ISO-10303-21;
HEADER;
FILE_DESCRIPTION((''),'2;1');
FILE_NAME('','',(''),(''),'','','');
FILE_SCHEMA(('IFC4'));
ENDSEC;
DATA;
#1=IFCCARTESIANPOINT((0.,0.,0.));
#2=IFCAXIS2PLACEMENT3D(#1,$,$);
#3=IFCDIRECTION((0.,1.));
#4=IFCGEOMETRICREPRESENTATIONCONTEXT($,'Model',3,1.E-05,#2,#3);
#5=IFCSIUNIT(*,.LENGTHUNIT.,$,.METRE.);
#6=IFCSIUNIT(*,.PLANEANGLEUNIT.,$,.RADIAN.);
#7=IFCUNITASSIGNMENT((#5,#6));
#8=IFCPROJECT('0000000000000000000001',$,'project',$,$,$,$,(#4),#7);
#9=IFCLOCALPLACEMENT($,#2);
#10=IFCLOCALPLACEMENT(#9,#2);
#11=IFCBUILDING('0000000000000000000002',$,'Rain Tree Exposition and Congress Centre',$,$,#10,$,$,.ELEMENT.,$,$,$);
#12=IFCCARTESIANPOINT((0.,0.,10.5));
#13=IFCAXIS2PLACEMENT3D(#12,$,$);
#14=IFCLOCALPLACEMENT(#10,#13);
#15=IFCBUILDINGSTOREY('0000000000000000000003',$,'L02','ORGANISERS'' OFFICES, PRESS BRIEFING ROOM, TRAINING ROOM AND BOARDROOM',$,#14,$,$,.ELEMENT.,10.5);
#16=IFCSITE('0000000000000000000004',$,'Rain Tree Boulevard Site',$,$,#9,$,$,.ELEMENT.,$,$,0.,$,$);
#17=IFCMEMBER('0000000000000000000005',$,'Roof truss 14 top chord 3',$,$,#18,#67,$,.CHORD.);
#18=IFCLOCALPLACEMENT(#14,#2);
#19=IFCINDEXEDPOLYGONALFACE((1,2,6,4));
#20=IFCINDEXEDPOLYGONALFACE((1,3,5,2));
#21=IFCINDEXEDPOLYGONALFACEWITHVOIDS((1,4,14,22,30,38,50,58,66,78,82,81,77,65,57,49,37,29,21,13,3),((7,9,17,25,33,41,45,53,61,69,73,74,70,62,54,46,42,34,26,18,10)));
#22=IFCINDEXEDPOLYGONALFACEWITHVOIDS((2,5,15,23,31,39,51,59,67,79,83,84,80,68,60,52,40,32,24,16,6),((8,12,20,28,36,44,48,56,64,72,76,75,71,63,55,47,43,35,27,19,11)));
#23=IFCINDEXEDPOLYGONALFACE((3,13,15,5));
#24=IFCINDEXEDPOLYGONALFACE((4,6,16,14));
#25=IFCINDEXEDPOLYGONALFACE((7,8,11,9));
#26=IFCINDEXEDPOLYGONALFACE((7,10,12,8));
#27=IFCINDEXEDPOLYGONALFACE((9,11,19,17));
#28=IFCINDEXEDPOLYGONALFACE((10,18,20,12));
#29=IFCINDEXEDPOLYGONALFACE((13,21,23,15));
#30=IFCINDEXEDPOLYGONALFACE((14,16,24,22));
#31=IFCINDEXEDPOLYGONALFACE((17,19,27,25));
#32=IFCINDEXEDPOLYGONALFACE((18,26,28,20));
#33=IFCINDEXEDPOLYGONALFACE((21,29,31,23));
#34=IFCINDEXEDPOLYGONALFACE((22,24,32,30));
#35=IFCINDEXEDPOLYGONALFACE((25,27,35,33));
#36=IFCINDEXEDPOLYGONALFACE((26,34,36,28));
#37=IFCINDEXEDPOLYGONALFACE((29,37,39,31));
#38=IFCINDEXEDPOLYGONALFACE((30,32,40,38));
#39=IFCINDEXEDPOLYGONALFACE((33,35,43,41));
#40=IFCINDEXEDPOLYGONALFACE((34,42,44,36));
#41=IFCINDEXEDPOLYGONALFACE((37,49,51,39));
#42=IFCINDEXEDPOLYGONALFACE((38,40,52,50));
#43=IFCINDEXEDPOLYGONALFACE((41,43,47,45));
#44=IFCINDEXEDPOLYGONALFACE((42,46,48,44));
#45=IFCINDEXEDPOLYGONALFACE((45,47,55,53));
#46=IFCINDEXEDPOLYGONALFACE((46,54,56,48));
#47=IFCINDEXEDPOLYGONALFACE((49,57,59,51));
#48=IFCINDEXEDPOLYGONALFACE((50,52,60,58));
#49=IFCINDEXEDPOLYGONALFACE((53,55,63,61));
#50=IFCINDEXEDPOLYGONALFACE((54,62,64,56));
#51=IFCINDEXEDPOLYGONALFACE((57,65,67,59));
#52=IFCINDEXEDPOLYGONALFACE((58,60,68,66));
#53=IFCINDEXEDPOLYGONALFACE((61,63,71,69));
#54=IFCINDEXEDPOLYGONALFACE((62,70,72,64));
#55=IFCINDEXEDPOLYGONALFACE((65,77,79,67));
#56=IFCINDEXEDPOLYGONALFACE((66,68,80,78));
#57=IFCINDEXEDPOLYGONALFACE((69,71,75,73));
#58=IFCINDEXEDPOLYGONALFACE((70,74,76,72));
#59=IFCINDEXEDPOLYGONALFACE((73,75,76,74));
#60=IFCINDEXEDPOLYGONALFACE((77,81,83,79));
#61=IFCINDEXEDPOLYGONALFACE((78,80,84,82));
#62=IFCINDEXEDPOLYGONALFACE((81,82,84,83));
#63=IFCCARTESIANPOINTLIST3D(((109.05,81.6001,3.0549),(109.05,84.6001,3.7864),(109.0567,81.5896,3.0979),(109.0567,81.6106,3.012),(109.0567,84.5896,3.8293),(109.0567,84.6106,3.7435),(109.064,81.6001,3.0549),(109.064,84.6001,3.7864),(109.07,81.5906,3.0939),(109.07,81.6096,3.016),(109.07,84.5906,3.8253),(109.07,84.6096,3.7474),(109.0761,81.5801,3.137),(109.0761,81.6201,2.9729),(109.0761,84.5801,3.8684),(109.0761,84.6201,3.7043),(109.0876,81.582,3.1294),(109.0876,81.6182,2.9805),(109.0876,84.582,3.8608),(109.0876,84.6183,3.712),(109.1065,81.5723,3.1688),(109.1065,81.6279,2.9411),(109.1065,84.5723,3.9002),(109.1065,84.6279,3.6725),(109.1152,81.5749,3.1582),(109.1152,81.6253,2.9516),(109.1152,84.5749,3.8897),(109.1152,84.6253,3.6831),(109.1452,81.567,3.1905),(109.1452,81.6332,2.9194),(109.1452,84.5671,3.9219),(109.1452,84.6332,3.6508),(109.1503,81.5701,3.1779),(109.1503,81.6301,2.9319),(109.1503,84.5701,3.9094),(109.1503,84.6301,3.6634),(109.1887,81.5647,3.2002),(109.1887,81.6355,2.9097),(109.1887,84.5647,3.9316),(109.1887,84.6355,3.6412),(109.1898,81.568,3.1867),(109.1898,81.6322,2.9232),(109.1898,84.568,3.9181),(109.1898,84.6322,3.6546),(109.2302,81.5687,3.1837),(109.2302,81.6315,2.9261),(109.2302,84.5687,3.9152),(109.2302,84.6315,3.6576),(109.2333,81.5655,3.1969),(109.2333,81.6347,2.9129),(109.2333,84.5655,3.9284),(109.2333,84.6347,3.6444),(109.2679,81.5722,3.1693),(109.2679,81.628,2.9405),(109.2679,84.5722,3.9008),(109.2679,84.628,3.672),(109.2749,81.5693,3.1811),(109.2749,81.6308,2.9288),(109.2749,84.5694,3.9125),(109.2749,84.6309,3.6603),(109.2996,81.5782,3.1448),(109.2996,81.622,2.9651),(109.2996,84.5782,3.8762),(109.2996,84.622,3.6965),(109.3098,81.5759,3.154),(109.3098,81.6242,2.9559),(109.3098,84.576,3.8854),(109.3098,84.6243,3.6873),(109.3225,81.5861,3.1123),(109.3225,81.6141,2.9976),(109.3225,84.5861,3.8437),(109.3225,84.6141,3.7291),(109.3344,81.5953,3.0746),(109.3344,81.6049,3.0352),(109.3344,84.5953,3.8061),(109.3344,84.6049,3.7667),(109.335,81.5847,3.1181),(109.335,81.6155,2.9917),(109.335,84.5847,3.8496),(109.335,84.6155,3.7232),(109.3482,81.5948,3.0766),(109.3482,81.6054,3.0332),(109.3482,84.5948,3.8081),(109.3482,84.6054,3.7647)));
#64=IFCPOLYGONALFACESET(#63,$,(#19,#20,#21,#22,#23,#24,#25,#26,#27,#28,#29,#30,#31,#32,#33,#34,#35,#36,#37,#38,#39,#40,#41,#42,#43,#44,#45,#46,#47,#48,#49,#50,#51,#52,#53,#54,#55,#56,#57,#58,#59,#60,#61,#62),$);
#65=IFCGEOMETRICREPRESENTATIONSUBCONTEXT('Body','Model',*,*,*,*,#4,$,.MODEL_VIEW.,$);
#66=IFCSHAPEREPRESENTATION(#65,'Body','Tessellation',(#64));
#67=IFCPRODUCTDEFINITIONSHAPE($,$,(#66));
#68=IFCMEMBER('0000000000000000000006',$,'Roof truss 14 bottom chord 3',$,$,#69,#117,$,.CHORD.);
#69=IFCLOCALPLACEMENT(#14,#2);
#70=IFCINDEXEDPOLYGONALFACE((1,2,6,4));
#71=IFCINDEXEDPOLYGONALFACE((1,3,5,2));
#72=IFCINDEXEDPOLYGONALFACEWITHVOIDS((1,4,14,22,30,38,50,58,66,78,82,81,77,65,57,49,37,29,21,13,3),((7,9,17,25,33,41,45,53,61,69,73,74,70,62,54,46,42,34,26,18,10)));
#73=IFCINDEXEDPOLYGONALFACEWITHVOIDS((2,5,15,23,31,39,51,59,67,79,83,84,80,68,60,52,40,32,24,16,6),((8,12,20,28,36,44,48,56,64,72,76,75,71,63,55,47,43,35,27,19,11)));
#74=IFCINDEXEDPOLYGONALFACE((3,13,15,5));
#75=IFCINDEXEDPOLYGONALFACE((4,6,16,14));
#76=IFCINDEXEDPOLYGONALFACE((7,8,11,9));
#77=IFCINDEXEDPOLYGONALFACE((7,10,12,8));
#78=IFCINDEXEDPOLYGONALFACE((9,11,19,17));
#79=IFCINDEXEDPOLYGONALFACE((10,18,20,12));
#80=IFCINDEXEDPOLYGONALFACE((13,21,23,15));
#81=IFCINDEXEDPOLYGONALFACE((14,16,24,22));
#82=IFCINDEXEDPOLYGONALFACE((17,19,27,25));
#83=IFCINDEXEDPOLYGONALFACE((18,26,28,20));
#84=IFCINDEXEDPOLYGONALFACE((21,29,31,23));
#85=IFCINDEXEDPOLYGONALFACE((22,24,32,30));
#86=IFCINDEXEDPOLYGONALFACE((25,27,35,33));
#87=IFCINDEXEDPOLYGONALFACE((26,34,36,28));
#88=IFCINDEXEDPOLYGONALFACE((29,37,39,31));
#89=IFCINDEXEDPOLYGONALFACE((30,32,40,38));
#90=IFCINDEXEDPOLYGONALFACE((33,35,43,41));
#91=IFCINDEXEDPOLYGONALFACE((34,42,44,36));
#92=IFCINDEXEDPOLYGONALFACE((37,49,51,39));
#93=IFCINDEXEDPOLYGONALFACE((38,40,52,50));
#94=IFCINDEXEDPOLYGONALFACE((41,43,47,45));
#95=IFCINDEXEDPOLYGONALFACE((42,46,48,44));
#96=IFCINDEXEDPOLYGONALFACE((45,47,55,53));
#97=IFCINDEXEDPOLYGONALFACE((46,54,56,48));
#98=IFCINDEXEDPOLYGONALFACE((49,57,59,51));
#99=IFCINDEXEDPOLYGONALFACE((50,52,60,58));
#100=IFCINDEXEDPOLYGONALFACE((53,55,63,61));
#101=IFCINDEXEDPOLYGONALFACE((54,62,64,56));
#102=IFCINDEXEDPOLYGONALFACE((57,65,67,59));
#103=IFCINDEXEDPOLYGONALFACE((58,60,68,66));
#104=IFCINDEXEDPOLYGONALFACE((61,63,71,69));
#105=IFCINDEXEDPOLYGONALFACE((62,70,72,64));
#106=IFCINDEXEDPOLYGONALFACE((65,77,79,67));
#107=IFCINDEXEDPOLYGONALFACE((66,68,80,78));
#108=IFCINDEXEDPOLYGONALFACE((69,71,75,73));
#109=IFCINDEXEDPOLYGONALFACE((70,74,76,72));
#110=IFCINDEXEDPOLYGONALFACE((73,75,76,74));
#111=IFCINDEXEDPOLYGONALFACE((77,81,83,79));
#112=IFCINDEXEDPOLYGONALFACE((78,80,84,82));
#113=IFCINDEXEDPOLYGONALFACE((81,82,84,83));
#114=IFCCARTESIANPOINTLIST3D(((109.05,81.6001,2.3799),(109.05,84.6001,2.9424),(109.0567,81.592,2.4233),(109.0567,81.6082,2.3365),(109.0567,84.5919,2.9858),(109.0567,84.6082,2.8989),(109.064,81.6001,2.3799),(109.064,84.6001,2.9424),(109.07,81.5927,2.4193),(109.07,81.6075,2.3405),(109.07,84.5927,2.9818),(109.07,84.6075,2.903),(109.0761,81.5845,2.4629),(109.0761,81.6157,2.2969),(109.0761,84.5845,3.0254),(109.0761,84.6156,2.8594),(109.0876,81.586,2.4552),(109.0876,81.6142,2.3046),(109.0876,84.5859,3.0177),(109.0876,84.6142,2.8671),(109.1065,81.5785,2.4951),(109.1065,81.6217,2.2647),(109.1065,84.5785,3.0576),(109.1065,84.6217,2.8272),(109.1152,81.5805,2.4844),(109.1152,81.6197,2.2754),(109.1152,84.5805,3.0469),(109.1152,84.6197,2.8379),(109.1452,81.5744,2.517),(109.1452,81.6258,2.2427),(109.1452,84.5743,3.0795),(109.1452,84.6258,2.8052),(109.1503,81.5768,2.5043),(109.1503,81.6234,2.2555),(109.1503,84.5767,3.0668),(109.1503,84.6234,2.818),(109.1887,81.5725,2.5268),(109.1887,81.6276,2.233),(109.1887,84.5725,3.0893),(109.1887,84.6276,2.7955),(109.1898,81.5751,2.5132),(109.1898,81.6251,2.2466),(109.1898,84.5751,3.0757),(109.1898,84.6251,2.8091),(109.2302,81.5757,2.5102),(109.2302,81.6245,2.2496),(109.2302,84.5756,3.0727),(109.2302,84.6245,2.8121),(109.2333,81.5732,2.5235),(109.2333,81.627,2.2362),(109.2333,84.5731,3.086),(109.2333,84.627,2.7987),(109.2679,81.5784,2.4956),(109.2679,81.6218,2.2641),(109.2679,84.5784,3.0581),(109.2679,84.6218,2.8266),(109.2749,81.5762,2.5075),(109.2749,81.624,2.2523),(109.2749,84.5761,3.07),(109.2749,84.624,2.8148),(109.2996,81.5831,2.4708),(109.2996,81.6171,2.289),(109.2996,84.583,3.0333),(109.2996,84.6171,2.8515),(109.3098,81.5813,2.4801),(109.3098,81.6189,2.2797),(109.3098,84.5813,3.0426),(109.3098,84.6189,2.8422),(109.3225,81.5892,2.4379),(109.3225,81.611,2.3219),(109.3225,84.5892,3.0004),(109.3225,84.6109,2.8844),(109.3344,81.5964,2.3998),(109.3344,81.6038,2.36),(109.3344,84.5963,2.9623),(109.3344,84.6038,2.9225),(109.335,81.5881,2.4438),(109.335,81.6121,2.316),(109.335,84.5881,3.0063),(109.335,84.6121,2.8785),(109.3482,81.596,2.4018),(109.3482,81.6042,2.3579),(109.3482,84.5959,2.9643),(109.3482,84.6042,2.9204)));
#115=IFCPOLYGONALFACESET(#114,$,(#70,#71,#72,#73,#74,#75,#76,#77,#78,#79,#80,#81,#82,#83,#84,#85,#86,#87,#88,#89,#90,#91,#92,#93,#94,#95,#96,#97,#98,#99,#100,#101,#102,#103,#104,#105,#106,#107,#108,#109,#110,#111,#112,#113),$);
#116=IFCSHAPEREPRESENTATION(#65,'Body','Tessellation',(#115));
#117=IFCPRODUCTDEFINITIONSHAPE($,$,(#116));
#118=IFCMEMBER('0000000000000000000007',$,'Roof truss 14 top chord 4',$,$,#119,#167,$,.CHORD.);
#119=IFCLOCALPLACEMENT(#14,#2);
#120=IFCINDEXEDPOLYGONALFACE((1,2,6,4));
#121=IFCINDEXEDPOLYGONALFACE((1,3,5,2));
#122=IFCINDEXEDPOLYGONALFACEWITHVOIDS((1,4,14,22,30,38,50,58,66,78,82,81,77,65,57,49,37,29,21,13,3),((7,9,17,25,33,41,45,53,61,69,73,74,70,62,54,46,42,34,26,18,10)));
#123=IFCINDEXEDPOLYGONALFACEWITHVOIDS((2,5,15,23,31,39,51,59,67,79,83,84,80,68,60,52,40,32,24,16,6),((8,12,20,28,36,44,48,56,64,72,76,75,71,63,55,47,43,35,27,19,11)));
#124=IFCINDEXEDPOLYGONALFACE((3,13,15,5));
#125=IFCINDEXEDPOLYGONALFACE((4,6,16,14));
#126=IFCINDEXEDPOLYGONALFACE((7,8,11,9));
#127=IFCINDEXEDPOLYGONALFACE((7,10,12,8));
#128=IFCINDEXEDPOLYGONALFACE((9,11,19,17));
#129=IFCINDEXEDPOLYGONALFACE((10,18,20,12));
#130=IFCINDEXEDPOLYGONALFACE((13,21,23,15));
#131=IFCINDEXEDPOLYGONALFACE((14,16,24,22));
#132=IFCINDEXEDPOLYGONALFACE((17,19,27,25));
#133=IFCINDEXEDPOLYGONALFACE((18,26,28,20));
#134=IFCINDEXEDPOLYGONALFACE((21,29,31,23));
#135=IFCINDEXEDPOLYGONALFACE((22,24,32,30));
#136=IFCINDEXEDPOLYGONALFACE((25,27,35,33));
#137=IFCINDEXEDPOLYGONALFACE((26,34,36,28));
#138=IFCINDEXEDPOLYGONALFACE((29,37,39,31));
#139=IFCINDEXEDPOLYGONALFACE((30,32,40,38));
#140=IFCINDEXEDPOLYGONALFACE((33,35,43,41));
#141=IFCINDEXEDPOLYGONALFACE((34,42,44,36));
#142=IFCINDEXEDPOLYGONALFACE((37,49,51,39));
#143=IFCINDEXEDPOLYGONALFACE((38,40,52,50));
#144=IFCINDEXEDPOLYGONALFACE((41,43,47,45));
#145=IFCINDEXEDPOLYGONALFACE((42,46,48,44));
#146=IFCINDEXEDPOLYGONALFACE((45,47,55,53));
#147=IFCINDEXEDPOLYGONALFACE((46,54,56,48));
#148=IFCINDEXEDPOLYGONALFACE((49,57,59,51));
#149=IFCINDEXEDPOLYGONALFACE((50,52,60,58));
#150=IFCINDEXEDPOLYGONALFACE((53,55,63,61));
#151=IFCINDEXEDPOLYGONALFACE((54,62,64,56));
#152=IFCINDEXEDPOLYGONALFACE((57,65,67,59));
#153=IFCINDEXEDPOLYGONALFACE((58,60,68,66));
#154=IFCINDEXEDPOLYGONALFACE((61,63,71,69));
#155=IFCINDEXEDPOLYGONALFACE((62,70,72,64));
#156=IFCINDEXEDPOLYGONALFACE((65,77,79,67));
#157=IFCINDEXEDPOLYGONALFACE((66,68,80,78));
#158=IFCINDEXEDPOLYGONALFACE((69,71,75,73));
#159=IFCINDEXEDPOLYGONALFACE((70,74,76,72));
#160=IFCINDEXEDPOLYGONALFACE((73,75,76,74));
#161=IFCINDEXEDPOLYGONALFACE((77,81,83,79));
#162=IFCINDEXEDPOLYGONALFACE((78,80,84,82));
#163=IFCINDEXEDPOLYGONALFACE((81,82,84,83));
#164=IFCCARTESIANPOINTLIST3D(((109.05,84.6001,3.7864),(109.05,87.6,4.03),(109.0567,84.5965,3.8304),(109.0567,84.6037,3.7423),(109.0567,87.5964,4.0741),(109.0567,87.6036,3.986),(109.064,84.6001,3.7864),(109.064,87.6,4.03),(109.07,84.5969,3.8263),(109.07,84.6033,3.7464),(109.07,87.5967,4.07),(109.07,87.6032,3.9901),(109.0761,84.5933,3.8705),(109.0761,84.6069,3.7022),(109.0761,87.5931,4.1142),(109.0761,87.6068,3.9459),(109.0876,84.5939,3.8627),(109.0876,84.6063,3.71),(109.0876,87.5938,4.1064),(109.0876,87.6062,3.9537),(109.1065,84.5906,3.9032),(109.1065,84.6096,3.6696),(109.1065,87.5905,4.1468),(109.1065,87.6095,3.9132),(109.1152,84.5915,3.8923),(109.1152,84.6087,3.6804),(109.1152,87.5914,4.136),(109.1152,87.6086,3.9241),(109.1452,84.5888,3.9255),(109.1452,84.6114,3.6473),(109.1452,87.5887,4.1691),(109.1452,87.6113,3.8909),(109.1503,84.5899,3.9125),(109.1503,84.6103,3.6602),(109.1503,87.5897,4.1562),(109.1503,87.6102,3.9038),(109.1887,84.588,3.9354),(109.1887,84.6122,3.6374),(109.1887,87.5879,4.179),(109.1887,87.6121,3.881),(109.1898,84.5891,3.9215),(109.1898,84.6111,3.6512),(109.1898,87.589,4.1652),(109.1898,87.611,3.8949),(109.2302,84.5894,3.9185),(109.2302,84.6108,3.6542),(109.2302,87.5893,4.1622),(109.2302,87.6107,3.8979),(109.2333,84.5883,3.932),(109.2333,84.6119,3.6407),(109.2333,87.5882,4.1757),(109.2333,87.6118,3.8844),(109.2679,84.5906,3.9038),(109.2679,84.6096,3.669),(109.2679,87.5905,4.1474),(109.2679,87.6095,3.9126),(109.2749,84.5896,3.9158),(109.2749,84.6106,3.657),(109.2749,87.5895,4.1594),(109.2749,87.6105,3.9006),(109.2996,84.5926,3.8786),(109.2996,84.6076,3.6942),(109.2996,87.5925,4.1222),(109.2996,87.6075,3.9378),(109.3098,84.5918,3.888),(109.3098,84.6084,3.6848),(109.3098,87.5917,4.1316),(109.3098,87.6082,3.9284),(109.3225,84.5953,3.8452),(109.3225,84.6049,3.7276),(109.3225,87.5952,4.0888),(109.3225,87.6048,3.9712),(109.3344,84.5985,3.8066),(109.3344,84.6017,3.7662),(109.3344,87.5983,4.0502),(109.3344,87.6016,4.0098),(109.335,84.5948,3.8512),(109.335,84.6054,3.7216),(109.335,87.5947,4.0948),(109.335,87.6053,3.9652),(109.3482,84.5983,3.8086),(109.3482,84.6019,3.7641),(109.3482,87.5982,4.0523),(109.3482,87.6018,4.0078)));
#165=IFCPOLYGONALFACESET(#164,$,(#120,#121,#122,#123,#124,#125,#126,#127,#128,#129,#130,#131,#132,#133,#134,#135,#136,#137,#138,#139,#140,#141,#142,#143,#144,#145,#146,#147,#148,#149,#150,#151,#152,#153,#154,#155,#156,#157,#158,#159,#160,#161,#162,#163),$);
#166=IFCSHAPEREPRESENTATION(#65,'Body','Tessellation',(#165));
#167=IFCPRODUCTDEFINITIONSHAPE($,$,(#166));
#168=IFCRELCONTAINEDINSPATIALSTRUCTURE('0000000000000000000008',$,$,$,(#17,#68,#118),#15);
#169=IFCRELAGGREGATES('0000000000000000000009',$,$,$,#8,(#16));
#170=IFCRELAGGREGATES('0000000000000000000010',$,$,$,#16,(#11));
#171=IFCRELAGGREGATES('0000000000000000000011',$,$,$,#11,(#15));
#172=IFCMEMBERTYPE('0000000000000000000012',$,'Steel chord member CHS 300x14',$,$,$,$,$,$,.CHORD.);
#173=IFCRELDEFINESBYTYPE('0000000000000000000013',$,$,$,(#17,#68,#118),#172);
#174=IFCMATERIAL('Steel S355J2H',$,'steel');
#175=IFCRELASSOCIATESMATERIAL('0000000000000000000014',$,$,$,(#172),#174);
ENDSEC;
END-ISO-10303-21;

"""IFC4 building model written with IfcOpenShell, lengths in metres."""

from ifc_helpers import new_model, si_unit, direction, frame, origin, origin_2d, place, context, subcontext, project, spatial, hollow_circle, extrude, material, material_profile, profile_set, type_object, element, save


model = new_model("IFC4")

# Units and contexts
model_context = context("Model", 3, precision=1e-05, world=origin(), true_north=direction((0.0, 1.0)))
body_context = subcontext(model_context, "Body", "Model", "MODEL_VIEW")
ifc_project = project(units=[si_unit("LENGTHUNIT", "METRE"), si_unit("PLANEANGLEUNIT", "RADIAN")], contexts=[model_context])

# Site, building, storey
site_placement = place(None, origin())
site = spatial("IfcSite", under=ifc_project, at=site_placement, Name="Rain Tree Boulevard Site", CompositionType="ELEMENT", RefElevation=0.0)
building_placement = place(site_placement, origin())
building = spatial("IfcBuilding", under=site, at=building_placement, Name="Rain Tree Exposition and Congress Centre", CompositionType="ELEMENT")
storey_placement = place(building_placement, frame((0.0, 0.0, 10.5)))
storey = spatial("IfcBuildingStorey", under=building, at=storey_placement, Name="L02", Description="ORGANISERS' OFFICES, PRESS BRIEFING ROOM, TRAINING ROOM AND BOARDROOM", CompositionType="ELEMENT", Elevation=10.5)

# Members
ifc_material_1 = material(Name="Steel S355J2H", Category="steel")
ifc_material_profile_1 = material_profile(ifc_material_1, hollow_circle(Radius=0.1499, WallThickness=0.0139, at=origin_2d()), Name="CHS 300x14")
ifc_profile_set_1 = profile_set([ifc_material_profile_1], Name="Steel S355J2H")
member_type_1 = type_object("IfcMemberType", Name="Steel chord member CHS 300x14", PredefinedType="CHORD", material=ifc_profile_set_1)
member_1_placement = place(storey_placement, frame((109.2, 81.6001, 3.0549), z_axis=(0.0, 0.97154, 0.236876), x_axis=(-1.0, 0.0, 0.0)))
element("IfcMember", 1, at=member_1_placement, inside=storey, type_object=member_type_1, Name="Roof truss 14 top chord 3", PredefinedType="CHORD", context=body_context, shape_type="SweptSolid", body=[
    extrude(hollow_circle(Radius=0.1499, WallThickness=0.0139, at=origin_2d()), origin(), (0.0, 0.0, 1.0), 3.0879),
])
member_2_placement = place(storey_placement, frame((109.2, 81.6001, 2.3799), z_axis=(0.0, 0.982872, 0.184289), x_axis=(-1.0, 0.0, 0.0)))
element("IfcMember", 2, at=member_2_placement, inside=storey, type_object=member_type_1, Name="Roof truss 14 bottom chord 3", PredefinedType="CHORD", context=body_context, shape_type="SweptSolid", body=[
    extrude(hollow_circle(Radius=0.1499, WallThickness=0.0139, at=origin_2d()), origin(), (0.0, 0.0, 1.0), 3.0522),
])
member_3_placement = place(storey_placement, frame((109.2, 84.6001, 3.7864), z_axis=(0.0, 0.996718, 0.080951), x_axis=(-1.0, 0.0, 0.0)))
element("IfcMember", 3, at=member_3_placement, inside=storey, type_object=member_type_1, Name="Roof truss 14 top chord 4", PredefinedType="CHORD", context=body_context, shape_type="SweptSolid", body=[
    extrude(hollow_circle(Radius=0.1499, WallThickness=0.0139, at=origin_2d()), origin(), (0.0, 0.0, 1.0), 3.0098),
])

save(model, "model.ifc")
